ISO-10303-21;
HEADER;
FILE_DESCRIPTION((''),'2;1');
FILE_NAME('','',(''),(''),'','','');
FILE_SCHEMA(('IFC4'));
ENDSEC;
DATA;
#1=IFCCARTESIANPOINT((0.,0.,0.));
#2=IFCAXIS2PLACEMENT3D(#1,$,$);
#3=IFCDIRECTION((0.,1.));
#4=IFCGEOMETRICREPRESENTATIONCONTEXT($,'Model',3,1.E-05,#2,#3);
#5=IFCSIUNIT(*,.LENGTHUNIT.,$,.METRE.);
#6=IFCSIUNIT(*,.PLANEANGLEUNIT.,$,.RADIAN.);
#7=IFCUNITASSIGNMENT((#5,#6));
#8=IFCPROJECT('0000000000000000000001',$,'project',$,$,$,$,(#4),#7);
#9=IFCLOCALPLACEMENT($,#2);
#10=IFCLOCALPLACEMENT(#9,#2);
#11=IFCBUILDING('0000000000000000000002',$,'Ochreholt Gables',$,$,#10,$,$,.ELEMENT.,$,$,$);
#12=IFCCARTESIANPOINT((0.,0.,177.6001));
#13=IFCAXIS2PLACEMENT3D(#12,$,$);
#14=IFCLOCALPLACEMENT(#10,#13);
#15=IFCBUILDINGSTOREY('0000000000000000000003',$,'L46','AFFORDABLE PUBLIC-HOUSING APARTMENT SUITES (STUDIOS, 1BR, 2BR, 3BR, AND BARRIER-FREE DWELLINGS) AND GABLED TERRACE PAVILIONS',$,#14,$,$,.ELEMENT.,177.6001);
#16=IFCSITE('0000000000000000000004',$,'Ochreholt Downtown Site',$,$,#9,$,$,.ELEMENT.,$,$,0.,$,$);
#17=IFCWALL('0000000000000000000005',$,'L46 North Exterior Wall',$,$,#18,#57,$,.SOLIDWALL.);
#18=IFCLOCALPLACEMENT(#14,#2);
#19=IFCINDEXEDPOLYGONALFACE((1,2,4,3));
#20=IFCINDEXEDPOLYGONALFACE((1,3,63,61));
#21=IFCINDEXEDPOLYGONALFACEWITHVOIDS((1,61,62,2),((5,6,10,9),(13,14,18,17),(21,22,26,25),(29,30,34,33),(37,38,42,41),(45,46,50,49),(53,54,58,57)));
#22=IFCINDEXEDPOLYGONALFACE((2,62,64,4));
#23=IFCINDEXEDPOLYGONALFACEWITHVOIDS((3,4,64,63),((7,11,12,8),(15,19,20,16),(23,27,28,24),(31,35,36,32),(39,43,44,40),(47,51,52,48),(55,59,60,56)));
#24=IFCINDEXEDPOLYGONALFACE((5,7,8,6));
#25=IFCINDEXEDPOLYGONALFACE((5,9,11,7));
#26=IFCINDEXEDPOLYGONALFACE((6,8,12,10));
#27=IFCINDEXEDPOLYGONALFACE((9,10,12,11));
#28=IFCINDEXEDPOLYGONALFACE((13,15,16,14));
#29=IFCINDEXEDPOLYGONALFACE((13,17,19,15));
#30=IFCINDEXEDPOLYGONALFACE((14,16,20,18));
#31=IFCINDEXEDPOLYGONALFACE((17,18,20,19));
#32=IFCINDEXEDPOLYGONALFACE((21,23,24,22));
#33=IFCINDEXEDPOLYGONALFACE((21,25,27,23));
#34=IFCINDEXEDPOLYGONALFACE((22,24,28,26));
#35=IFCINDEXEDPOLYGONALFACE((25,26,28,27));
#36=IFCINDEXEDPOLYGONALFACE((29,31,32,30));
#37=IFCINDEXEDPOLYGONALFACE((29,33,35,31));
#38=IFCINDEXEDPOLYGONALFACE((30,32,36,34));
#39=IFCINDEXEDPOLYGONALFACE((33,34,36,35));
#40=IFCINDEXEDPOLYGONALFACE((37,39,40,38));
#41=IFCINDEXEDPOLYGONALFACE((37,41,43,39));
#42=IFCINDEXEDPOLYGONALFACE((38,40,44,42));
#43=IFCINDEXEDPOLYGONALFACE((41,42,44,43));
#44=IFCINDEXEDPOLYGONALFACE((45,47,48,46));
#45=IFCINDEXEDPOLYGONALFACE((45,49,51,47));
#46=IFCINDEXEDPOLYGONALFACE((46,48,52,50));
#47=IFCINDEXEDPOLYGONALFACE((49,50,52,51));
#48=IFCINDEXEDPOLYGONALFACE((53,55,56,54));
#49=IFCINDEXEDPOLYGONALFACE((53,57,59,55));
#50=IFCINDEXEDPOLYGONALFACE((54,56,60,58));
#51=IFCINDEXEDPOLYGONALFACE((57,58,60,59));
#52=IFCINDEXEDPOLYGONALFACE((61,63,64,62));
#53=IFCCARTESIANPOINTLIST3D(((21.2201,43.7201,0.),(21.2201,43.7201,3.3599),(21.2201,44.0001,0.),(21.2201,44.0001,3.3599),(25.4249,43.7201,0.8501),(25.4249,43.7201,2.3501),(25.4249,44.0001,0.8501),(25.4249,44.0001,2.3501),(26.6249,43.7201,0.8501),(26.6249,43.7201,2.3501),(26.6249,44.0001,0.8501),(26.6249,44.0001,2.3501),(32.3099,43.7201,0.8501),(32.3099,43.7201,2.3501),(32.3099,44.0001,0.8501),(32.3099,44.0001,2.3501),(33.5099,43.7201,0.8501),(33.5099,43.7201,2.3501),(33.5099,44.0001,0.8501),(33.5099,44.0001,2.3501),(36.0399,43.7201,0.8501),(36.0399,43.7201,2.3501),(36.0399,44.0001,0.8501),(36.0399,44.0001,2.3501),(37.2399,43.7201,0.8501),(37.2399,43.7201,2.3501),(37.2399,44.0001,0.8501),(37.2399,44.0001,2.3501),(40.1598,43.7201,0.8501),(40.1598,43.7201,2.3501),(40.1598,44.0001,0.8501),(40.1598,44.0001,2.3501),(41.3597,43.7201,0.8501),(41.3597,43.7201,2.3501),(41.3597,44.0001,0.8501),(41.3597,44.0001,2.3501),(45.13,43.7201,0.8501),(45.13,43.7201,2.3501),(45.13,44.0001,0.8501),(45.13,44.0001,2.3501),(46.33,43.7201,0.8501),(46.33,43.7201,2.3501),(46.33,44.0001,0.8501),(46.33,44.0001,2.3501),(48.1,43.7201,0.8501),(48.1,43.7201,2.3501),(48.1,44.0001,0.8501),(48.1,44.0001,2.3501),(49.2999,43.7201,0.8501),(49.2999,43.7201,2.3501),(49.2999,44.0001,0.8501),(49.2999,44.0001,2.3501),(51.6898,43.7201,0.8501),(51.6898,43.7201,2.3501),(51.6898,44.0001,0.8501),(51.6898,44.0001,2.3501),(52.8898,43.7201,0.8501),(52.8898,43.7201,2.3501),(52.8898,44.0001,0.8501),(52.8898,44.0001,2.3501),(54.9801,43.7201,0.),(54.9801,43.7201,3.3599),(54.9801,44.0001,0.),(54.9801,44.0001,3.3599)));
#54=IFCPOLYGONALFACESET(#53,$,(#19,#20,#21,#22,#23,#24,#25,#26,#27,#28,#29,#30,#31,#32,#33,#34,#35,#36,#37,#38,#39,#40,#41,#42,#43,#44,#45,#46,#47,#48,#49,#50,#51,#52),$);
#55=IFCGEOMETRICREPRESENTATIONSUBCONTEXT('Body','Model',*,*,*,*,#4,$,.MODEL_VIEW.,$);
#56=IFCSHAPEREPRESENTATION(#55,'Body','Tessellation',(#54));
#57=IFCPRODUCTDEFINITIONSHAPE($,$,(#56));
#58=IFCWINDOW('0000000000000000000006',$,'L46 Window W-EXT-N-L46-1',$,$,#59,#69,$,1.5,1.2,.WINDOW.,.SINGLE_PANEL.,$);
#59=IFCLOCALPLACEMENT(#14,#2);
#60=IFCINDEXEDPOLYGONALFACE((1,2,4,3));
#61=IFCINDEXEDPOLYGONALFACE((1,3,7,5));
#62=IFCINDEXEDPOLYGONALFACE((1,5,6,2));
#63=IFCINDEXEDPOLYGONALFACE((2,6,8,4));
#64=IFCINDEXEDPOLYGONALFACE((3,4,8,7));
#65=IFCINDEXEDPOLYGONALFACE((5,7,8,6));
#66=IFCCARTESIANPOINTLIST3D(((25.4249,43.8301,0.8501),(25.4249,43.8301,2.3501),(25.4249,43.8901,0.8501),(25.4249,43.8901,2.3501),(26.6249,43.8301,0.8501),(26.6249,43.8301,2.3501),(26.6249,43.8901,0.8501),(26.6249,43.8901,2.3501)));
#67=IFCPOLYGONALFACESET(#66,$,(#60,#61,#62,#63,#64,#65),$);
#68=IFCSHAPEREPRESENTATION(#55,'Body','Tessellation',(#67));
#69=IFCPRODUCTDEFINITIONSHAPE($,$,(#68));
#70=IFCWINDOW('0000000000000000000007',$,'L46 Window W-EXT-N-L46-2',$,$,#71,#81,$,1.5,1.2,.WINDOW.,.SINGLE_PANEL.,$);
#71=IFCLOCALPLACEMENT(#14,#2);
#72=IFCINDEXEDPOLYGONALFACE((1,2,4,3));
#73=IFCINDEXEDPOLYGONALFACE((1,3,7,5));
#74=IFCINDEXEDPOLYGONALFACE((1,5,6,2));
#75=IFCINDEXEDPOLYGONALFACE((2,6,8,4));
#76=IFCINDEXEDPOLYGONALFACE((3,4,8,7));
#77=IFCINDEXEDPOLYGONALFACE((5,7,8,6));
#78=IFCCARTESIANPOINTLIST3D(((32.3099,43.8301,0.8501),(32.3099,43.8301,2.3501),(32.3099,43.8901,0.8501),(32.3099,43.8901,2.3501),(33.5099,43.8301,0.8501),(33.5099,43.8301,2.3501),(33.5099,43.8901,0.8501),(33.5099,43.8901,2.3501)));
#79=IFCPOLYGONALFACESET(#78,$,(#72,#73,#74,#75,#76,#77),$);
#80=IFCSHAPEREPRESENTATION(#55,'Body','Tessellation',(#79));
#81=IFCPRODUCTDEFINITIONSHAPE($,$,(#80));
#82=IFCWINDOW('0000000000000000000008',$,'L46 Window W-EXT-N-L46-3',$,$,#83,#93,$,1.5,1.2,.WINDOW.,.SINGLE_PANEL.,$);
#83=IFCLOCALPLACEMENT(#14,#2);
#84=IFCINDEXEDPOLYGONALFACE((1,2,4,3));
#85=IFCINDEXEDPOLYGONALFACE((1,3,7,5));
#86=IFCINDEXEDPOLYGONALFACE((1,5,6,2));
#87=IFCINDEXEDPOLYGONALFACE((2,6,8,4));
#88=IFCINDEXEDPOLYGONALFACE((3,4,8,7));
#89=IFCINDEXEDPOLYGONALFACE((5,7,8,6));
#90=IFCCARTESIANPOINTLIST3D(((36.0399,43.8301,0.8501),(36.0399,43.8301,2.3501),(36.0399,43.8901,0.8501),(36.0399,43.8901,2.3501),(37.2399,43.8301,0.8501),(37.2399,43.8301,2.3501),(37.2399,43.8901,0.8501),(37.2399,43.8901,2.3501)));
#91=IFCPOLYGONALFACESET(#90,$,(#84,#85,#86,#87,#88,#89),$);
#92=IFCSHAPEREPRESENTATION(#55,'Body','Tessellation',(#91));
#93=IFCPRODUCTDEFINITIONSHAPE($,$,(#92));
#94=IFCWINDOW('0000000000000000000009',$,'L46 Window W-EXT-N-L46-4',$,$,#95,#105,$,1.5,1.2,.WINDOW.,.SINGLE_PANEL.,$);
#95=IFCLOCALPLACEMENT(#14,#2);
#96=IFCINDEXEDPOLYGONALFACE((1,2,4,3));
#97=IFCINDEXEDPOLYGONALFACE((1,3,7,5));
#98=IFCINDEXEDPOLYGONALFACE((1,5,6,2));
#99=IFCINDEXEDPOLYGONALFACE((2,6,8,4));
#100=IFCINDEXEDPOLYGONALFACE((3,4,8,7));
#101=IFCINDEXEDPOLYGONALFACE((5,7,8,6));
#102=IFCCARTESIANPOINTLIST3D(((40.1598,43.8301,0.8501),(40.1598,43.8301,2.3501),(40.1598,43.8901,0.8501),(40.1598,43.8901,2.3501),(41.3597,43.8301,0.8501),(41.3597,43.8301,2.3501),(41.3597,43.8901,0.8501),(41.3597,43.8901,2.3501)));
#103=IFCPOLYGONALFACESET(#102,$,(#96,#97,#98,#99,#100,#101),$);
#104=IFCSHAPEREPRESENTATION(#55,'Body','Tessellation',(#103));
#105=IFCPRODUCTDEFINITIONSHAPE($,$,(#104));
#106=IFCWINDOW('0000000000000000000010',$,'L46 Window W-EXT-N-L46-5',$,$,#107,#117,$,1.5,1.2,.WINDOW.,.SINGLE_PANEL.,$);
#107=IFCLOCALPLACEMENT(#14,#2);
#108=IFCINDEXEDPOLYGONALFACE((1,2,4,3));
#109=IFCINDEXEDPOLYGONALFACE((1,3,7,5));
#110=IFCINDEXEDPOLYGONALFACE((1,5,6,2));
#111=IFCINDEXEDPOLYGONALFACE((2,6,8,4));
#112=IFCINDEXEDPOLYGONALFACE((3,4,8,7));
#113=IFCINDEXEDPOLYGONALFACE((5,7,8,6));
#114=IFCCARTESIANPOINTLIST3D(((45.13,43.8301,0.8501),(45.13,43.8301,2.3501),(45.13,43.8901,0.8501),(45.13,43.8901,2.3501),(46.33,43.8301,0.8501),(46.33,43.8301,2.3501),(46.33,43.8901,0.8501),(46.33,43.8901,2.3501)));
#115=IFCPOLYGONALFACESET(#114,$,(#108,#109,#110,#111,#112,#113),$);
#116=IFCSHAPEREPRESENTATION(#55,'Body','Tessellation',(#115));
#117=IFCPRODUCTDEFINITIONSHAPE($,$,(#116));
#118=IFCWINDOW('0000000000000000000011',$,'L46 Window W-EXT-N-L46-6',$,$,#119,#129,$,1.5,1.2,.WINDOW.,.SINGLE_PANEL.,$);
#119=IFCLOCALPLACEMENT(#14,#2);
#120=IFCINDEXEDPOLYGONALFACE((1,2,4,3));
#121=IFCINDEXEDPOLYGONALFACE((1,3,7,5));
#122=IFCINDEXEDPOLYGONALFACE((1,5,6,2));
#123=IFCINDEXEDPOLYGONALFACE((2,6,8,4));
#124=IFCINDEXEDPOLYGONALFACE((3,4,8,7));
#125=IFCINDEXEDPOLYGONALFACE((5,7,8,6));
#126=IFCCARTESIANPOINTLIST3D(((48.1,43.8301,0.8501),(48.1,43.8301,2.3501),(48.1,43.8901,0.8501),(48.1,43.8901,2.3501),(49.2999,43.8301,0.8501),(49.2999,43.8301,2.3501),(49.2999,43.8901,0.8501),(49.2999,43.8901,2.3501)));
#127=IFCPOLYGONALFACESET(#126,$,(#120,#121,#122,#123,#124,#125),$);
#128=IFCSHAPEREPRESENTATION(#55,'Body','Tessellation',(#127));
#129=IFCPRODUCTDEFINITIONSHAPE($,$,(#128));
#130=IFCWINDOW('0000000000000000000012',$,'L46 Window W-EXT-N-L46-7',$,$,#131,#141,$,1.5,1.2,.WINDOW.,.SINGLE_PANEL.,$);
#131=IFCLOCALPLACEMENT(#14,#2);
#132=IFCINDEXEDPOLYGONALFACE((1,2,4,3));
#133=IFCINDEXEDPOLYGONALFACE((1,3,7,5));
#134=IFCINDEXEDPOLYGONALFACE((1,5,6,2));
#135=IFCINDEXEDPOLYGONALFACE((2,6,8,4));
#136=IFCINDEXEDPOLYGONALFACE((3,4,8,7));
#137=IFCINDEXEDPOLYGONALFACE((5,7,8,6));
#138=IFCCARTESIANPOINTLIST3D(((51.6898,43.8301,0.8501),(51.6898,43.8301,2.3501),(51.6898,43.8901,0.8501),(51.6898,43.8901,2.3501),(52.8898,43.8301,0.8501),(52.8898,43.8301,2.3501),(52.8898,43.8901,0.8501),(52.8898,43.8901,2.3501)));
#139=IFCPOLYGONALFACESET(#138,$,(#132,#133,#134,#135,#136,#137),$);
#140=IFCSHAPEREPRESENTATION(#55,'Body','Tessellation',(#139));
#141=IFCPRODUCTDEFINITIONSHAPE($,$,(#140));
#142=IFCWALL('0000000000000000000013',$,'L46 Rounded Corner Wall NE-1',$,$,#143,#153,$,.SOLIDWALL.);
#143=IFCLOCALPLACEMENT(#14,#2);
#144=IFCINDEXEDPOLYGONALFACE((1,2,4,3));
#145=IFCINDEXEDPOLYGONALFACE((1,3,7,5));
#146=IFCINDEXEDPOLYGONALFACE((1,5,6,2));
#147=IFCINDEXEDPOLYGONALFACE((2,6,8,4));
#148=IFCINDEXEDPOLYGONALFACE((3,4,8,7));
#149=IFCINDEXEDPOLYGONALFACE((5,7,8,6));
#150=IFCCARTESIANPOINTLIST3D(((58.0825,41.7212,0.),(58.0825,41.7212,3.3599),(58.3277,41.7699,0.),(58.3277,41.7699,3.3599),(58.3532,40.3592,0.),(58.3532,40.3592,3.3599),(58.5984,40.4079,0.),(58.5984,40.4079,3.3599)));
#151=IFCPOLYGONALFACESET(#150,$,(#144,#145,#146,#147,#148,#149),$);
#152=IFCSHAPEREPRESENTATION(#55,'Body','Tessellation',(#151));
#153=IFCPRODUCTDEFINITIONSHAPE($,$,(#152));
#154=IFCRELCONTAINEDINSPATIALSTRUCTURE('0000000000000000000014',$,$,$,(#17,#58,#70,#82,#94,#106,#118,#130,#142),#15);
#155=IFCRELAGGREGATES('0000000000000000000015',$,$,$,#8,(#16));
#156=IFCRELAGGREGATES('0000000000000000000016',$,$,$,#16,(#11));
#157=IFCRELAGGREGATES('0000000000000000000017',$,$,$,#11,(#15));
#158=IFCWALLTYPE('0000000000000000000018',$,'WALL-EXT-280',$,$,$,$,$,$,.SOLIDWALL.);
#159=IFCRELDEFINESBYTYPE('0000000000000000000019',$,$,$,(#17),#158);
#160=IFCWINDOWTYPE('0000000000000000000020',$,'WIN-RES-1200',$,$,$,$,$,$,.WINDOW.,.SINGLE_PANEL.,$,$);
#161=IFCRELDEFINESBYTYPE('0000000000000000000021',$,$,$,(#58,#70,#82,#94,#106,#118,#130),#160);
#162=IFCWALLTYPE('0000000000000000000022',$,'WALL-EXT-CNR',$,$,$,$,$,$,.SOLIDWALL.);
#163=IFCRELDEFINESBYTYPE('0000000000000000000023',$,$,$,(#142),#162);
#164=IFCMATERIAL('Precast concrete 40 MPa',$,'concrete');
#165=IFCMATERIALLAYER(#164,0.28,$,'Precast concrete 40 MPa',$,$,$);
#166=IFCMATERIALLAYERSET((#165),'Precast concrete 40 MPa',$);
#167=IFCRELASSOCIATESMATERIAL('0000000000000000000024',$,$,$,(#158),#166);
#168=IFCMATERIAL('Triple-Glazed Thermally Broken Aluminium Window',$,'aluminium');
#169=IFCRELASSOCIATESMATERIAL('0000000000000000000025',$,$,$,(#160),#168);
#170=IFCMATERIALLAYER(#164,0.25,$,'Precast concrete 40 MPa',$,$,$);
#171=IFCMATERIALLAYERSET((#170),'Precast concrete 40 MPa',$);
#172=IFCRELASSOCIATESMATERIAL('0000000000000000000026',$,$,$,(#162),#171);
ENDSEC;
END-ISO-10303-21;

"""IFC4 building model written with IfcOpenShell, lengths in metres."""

from ifc_helpers import new_model, si_unit, direction, frame, frame_2d, origin, place, context, subcontext, project, spatial, rectangle, extrude, material, layer, layer_set, type_object, element, fill, save


model = new_model("IFC4")

# Units and contexts
model_context = context("Model", 3, precision=1e-05, world=origin(), true_north=direction((0.0, 1.0)))
body_context = subcontext(model_context, "Body", "Model", "MODEL_VIEW")
ifc_project = project(units=[si_unit("LENGTHUNIT", "METRE"), si_unit("PLANEANGLEUNIT", "RADIAN")], contexts=[model_context])

# Site, building, storey
site_placement = place(None, origin())
site = spatial("IfcSite", under=ifc_project, at=site_placement, Name="Ochreholt Downtown Site", CompositionType="ELEMENT", RefElevation=0.0)
building_placement = place(site_placement, origin())
building = spatial("IfcBuilding", under=site, at=building_placement, Name="Ochreholt Gables", CompositionType="ELEMENT")
storey_placement = place(building_placement, frame((0.0, 0.0, 177.6001)))
storey = spatial("IfcBuildingStorey", under=building, at=storey_placement, Name="L46", Description="AFFORDABLE PUBLIC-HOUSING APARTMENT SUITES (STUDIOS, 1BR, 2BR, 3BR, AND BARRIER-FREE DWELLINGS) AND GABLED TERRACE PAVILIONS", CompositionType="ELEMENT", Elevation=177.6001)

# Wall, openings, windows
ifc_material_1 = material(Name="Precast concrete 40 MPa", Category="concrete")
ifc_layer_1 = layer(ifc_material_1, 0.28, Name="Precast concrete 40 MPa")
ifc_layer_set_1 = layer_set([ifc_layer_1], Name="Precast concrete 40 MPa")
wall_type_1 = type_object("IfcWallType", Name="WALL-EXT-280", PredefinedType="SOLIDWALL", material=ifc_layer_set_1)
wall_1_placement = place(storey_placement, frame((54.98, 43.8601, 0.0), z_axis=(0.0, 0.0, 1.0), x_axis=(-1.0, 0.0, 0.0)))
wall_1 = element("IfcWall", 1, at=wall_1_placement, inside=storey, type_object=wall_type_1, Name="L46 North Exterior Wall", PredefinedType="SOLIDWALL", context=body_context, shape_type="SweptSolid", body=[
    extrude(rectangle(XDim=33.76, YDim=0.28, at=frame_2d((16.8799, 0.0))), origin(), (0.0, 0.0, 1.0), 3.3599),
])
opening_1_placement = place(wall_1_placement, frame((28.355, 0.0, 0.8501)))
opening_1 = element("IfcOpeningElement", 2, at=opening_1_placement, cuts=wall_1, PredefinedType="OPENING", context=body_context, shape_type="SweptSolid", body=[
    extrude(rectangle(XDim=1.2, YDim=1.5, at=frame_2d((0.6001, 0.75))), frame((0.0, 0.1499, 0.0), z_axis=(0.0, -1.0, 0.0), x_axis=(1.0, 0.0, 0.0)), (0.0, 0.0, 1.0), 0.3),
])
opening_2_placement = place(wall_1_placement, frame((21.47, 0.0, 0.8501)))
opening_2 = element("IfcOpeningElement", 3, at=opening_2_placement, cuts=wall_1, PredefinedType="OPENING", context=body_context, shape_type="SweptSolid", body=[
    extrude(rectangle(XDim=1.2, YDim=1.5, at=frame_2d((0.6001, 0.75))), frame((0.0, 0.1499, 0.0), z_axis=(0.0, -1.0, 0.0), x_axis=(1.0, 0.0, 0.0)), (0.0, 0.0, 1.0), 0.3),
])
opening_3_placement = place(wall_1_placement, frame((17.74, 0.0, 0.8501)))
opening_3 = element("IfcOpeningElement", 4, at=opening_3_placement, cuts=wall_1, PredefinedType="OPENING", context=body_context, shape_type="SweptSolid", body=[
    extrude(rectangle(XDim=1.2, YDim=1.5, at=frame_2d((0.6001, 0.75))), frame((0.0, 0.1499, 0.0), z_axis=(0.0, -1.0, 0.0), x_axis=(1.0, 0.0, 0.0)), (0.0, 0.0, 1.0), 0.3),
])
opening_4_placement = place(wall_1_placement, frame((13.6201, 0.0, 0.8501)))
opening_4 = element("IfcOpeningElement", 5, at=opening_4_placement, cuts=wall_1, PredefinedType="OPENING", context=body_context, shape_type="SweptSolid", body=[
    extrude(rectangle(XDim=1.2, YDim=1.5, at=frame_2d((0.6001, 0.75))), frame((0.0, 0.1499, 0.0), z_axis=(0.0, -1.0, 0.0), x_axis=(1.0, 0.0, 0.0)), (0.0, 0.0, 1.0), 0.3),
])
opening_5_placement = place(wall_1_placement, frame((8.6499, 0.0, 0.8501)))
opening_5 = element("IfcOpeningElement", 6, at=opening_5_placement, cuts=wall_1, PredefinedType="OPENING", context=body_context, shape_type="SweptSolid", body=[
    extrude(rectangle(XDim=1.2, YDim=1.5, at=frame_2d((0.6001, 0.75))), frame((0.0, 0.1499, 0.0), z_axis=(0.0, -1.0, 0.0), x_axis=(1.0, 0.0, 0.0)), (0.0, 0.0, 1.0), 0.3),
])
opening_6_placement = place(wall_1_placement, frame((5.6799, 0.0, 0.8501)))
opening_6 = element("IfcOpeningElement", 7, at=opening_6_placement, cuts=wall_1, PredefinedType="OPENING", context=body_context, shape_type="SweptSolid", body=[
    extrude(rectangle(XDim=1.2, YDim=1.5, at=frame_2d((0.6001, 0.75))), frame((0.0, 0.1499, 0.0), z_axis=(0.0, -1.0, 0.0), x_axis=(1.0, 0.0, 0.0)), (0.0, 0.0, 1.0), 0.3),
])
opening_7_placement = place(wall_1_placement, frame((2.0901, 0.0, 0.8501)))
opening_7 = element("IfcOpeningElement", 8, at=opening_7_placement, cuts=wall_1, PredefinedType="OPENING", context=body_context, shape_type="SweptSolid", body=[
    extrude(rectangle(XDim=1.2, YDim=1.5, at=frame_2d((0.6001, 0.75))), frame((0.0, 0.1499, 0.0), z_axis=(0.0, -1.0, 0.0), x_axis=(1.0, 0.0, 0.0)), (0.0, 0.0, 1.0), 0.3),
])
ifc_material_2 = material(Name="Triple-Glazed Thermally Broken Aluminium Window", Category="aluminium")
window_type = type_object("IfcWindowType", Name="WIN-RES-1200", PartitioningType="SINGLE_PANEL", PredefinedType="WINDOW", material=ifc_material_2)
window_1_placement = place(opening_1_placement, origin())
window_1 = element("IfcWindow", 9, at=window_1_placement, inside=storey, type_object=window_type, Name="L46 Window W-EXT-N-L46-1", OverallHeight=1.5, OverallWidth=1.2, PartitioningType="SINGLE_PANEL", PredefinedType="WINDOW", context=body_context, shape_type="SweptSolid", body=[
    extrude(rectangle(XDim=1.2, YDim=1.5, at=frame_2d((0.6001, 0.75))), frame((0.0, 0.03, 0.0), z_axis=(0.0, -1.0, 0.0), x_axis=(1.0, 0.0, 0.0)), (0.0, 0.0, 1.0), 0.0601),
])
fill(opening_1, window_1)
window_2_placement = place(opening_2_placement, origin())
window_2 = element("IfcWindow", 10, at=window_2_placement, inside=storey, type_object=window_type, Name="L46 Window W-EXT-N-L46-2", OverallHeight=1.5, OverallWidth=1.2, PartitioningType="SINGLE_PANEL", PredefinedType="WINDOW", context=body_context, shape_type="SweptSolid", body=[
    extrude(rectangle(XDim=1.2, YDim=1.5, at=frame_2d((0.6001, 0.75))), frame((0.0, 0.03, 0.0), z_axis=(0.0, -1.0, 0.0), x_axis=(1.0, 0.0, 0.0)), (0.0, 0.0, 1.0), 0.0601),
])
fill(opening_2, window_2)
window_3_placement = place(opening_3_placement, origin())
window_3 = element("IfcWindow", 11, at=window_3_placement, inside=storey, type_object=window_type, Name="L46 Window W-EXT-N-L46-3", OverallHeight=1.5, OverallWidth=1.2, PartitioningType="SINGLE_PANEL", PredefinedType="WINDOW", context=body_context, shape_type="SweptSolid", body=[
    extrude(rectangle(XDim=1.2, YDim=1.5, at=frame_2d((0.6001, 0.75))), frame((0.0, 0.03, 0.0), z_axis=(0.0, -1.0, 0.0), x_axis=(1.0, 0.0, 0.0)), (0.0, 0.0, 1.0), 0.0601),
])
fill(opening_3, window_3)
window_4_placement = place(opening_4_placement, origin())
window_4 = element("IfcWindow", 12, at=window_4_placement, inside=storey, type_object=window_type, Name="L46 Window W-EXT-N-L46-4", OverallHeight=1.5, OverallWidth=1.2, PartitioningType="SINGLE_PANEL", PredefinedType="WINDOW", context=body_context, shape_type="SweptSolid", body=[
    extrude(rectangle(XDim=1.2, YDim=1.5, at=frame_2d((0.6001, 0.75))), frame((0.0, 0.03, 0.0), z_axis=(0.0, -1.0, 0.0), x_axis=(1.0, 0.0, 0.0)), (0.0, 0.0, 1.0), 0.0601),
])
fill(opening_4, window_4)
window_5_placement = place(opening_5_placement, origin())
window_5 = element("IfcWindow", 13, at=window_5_placement, inside=storey, type_object=window_type, Name="L46 Window W-EXT-N-L46-5", OverallHeight=1.5, OverallWidth=1.2, PartitioningType="SINGLE_PANEL", PredefinedType="WINDOW", context=body_context, shape_type="SweptSolid", body=[
    extrude(rectangle(XDim=1.2, YDim=1.5, at=frame_2d((0.6001, 0.75))), frame((0.0, 0.03, 0.0), z_axis=(0.0, -1.0, 0.0), x_axis=(1.0, 0.0, 0.0)), (0.0, 0.0, 1.0), 0.0601),
])
fill(opening_5, window_5)
window_6_placement = place(opening_6_placement, origin())
window_6 = element("IfcWindow", 14, at=window_6_placement, inside=storey, type_object=window_type, Name="L46 Window W-EXT-N-L46-6", OverallHeight=1.5, OverallWidth=1.2, PartitioningType="SINGLE_PANEL", PredefinedType="WINDOW", context=body_context, shape_type="SweptSolid", body=[
    extrude(rectangle(XDim=1.2, YDim=1.5, at=frame_2d((0.6001, 0.75))), frame((0.0, 0.03, 0.0), z_axis=(0.0, -1.0, 0.0), x_axis=(1.0, 0.0, 0.0)), (0.0, 0.0, 1.0), 0.0601),
])
fill(opening_6, window_6)
window_7_placement = place(opening_7_placement, origin())
window_7 = element("IfcWindow", 15, at=window_7_placement, inside=storey, type_object=window_type, Name="L46 Window W-EXT-N-L46-7", OverallHeight=1.5, OverallWidth=1.2, PartitioningType="SINGLE_PANEL", PredefinedType="WINDOW", context=body_context, shape_type="SweptSolid", body=[
    extrude(rectangle(XDim=1.2, YDim=1.5, at=frame_2d((0.6001, 0.75))), frame((0.0, 0.03, 0.0), z_axis=(0.0, -1.0, 0.0), x_axis=(1.0, 0.0, 0.0)), (0.0, 0.0, 1.0), 0.0601),
])
fill(opening_7, window_7)

# Wall
ifc_layer_2 = layer(ifc_material_1, 0.25, Name="Precast concrete 40 MPa")
ifc_layer_set_2 = layer_set([ifc_layer_2], Name="Precast concrete 40 MPa")
wall_type_2 = type_object("IfcWallType", Name="WALL-EXT-CNR", PredefinedType="SOLIDWALL", material=ifc_layer_set_2)
wall_2_placement = place(storey_placement, frame((58.4758, 40.3835, 0.0), z_axis=(0.0, 0.0, 1.0), x_axis=(-0.194967, 0.98081, 0.0)))
element("IfcWall", 16, at=wall_2_placement, inside=storey, type_object=wall_type_2, Name="L46 Rounded Corner Wall NE-1", PredefinedType="SOLIDWALL", context=body_context, shape_type="SweptSolid", body=[
    extrude(rectangle(XDim=1.3887, YDim=0.25, at=frame_2d((0.6943, 0.0))), origin(), (0.0, 0.0, 1.0), 3.3599),
])

save(model, "model.ifc")
